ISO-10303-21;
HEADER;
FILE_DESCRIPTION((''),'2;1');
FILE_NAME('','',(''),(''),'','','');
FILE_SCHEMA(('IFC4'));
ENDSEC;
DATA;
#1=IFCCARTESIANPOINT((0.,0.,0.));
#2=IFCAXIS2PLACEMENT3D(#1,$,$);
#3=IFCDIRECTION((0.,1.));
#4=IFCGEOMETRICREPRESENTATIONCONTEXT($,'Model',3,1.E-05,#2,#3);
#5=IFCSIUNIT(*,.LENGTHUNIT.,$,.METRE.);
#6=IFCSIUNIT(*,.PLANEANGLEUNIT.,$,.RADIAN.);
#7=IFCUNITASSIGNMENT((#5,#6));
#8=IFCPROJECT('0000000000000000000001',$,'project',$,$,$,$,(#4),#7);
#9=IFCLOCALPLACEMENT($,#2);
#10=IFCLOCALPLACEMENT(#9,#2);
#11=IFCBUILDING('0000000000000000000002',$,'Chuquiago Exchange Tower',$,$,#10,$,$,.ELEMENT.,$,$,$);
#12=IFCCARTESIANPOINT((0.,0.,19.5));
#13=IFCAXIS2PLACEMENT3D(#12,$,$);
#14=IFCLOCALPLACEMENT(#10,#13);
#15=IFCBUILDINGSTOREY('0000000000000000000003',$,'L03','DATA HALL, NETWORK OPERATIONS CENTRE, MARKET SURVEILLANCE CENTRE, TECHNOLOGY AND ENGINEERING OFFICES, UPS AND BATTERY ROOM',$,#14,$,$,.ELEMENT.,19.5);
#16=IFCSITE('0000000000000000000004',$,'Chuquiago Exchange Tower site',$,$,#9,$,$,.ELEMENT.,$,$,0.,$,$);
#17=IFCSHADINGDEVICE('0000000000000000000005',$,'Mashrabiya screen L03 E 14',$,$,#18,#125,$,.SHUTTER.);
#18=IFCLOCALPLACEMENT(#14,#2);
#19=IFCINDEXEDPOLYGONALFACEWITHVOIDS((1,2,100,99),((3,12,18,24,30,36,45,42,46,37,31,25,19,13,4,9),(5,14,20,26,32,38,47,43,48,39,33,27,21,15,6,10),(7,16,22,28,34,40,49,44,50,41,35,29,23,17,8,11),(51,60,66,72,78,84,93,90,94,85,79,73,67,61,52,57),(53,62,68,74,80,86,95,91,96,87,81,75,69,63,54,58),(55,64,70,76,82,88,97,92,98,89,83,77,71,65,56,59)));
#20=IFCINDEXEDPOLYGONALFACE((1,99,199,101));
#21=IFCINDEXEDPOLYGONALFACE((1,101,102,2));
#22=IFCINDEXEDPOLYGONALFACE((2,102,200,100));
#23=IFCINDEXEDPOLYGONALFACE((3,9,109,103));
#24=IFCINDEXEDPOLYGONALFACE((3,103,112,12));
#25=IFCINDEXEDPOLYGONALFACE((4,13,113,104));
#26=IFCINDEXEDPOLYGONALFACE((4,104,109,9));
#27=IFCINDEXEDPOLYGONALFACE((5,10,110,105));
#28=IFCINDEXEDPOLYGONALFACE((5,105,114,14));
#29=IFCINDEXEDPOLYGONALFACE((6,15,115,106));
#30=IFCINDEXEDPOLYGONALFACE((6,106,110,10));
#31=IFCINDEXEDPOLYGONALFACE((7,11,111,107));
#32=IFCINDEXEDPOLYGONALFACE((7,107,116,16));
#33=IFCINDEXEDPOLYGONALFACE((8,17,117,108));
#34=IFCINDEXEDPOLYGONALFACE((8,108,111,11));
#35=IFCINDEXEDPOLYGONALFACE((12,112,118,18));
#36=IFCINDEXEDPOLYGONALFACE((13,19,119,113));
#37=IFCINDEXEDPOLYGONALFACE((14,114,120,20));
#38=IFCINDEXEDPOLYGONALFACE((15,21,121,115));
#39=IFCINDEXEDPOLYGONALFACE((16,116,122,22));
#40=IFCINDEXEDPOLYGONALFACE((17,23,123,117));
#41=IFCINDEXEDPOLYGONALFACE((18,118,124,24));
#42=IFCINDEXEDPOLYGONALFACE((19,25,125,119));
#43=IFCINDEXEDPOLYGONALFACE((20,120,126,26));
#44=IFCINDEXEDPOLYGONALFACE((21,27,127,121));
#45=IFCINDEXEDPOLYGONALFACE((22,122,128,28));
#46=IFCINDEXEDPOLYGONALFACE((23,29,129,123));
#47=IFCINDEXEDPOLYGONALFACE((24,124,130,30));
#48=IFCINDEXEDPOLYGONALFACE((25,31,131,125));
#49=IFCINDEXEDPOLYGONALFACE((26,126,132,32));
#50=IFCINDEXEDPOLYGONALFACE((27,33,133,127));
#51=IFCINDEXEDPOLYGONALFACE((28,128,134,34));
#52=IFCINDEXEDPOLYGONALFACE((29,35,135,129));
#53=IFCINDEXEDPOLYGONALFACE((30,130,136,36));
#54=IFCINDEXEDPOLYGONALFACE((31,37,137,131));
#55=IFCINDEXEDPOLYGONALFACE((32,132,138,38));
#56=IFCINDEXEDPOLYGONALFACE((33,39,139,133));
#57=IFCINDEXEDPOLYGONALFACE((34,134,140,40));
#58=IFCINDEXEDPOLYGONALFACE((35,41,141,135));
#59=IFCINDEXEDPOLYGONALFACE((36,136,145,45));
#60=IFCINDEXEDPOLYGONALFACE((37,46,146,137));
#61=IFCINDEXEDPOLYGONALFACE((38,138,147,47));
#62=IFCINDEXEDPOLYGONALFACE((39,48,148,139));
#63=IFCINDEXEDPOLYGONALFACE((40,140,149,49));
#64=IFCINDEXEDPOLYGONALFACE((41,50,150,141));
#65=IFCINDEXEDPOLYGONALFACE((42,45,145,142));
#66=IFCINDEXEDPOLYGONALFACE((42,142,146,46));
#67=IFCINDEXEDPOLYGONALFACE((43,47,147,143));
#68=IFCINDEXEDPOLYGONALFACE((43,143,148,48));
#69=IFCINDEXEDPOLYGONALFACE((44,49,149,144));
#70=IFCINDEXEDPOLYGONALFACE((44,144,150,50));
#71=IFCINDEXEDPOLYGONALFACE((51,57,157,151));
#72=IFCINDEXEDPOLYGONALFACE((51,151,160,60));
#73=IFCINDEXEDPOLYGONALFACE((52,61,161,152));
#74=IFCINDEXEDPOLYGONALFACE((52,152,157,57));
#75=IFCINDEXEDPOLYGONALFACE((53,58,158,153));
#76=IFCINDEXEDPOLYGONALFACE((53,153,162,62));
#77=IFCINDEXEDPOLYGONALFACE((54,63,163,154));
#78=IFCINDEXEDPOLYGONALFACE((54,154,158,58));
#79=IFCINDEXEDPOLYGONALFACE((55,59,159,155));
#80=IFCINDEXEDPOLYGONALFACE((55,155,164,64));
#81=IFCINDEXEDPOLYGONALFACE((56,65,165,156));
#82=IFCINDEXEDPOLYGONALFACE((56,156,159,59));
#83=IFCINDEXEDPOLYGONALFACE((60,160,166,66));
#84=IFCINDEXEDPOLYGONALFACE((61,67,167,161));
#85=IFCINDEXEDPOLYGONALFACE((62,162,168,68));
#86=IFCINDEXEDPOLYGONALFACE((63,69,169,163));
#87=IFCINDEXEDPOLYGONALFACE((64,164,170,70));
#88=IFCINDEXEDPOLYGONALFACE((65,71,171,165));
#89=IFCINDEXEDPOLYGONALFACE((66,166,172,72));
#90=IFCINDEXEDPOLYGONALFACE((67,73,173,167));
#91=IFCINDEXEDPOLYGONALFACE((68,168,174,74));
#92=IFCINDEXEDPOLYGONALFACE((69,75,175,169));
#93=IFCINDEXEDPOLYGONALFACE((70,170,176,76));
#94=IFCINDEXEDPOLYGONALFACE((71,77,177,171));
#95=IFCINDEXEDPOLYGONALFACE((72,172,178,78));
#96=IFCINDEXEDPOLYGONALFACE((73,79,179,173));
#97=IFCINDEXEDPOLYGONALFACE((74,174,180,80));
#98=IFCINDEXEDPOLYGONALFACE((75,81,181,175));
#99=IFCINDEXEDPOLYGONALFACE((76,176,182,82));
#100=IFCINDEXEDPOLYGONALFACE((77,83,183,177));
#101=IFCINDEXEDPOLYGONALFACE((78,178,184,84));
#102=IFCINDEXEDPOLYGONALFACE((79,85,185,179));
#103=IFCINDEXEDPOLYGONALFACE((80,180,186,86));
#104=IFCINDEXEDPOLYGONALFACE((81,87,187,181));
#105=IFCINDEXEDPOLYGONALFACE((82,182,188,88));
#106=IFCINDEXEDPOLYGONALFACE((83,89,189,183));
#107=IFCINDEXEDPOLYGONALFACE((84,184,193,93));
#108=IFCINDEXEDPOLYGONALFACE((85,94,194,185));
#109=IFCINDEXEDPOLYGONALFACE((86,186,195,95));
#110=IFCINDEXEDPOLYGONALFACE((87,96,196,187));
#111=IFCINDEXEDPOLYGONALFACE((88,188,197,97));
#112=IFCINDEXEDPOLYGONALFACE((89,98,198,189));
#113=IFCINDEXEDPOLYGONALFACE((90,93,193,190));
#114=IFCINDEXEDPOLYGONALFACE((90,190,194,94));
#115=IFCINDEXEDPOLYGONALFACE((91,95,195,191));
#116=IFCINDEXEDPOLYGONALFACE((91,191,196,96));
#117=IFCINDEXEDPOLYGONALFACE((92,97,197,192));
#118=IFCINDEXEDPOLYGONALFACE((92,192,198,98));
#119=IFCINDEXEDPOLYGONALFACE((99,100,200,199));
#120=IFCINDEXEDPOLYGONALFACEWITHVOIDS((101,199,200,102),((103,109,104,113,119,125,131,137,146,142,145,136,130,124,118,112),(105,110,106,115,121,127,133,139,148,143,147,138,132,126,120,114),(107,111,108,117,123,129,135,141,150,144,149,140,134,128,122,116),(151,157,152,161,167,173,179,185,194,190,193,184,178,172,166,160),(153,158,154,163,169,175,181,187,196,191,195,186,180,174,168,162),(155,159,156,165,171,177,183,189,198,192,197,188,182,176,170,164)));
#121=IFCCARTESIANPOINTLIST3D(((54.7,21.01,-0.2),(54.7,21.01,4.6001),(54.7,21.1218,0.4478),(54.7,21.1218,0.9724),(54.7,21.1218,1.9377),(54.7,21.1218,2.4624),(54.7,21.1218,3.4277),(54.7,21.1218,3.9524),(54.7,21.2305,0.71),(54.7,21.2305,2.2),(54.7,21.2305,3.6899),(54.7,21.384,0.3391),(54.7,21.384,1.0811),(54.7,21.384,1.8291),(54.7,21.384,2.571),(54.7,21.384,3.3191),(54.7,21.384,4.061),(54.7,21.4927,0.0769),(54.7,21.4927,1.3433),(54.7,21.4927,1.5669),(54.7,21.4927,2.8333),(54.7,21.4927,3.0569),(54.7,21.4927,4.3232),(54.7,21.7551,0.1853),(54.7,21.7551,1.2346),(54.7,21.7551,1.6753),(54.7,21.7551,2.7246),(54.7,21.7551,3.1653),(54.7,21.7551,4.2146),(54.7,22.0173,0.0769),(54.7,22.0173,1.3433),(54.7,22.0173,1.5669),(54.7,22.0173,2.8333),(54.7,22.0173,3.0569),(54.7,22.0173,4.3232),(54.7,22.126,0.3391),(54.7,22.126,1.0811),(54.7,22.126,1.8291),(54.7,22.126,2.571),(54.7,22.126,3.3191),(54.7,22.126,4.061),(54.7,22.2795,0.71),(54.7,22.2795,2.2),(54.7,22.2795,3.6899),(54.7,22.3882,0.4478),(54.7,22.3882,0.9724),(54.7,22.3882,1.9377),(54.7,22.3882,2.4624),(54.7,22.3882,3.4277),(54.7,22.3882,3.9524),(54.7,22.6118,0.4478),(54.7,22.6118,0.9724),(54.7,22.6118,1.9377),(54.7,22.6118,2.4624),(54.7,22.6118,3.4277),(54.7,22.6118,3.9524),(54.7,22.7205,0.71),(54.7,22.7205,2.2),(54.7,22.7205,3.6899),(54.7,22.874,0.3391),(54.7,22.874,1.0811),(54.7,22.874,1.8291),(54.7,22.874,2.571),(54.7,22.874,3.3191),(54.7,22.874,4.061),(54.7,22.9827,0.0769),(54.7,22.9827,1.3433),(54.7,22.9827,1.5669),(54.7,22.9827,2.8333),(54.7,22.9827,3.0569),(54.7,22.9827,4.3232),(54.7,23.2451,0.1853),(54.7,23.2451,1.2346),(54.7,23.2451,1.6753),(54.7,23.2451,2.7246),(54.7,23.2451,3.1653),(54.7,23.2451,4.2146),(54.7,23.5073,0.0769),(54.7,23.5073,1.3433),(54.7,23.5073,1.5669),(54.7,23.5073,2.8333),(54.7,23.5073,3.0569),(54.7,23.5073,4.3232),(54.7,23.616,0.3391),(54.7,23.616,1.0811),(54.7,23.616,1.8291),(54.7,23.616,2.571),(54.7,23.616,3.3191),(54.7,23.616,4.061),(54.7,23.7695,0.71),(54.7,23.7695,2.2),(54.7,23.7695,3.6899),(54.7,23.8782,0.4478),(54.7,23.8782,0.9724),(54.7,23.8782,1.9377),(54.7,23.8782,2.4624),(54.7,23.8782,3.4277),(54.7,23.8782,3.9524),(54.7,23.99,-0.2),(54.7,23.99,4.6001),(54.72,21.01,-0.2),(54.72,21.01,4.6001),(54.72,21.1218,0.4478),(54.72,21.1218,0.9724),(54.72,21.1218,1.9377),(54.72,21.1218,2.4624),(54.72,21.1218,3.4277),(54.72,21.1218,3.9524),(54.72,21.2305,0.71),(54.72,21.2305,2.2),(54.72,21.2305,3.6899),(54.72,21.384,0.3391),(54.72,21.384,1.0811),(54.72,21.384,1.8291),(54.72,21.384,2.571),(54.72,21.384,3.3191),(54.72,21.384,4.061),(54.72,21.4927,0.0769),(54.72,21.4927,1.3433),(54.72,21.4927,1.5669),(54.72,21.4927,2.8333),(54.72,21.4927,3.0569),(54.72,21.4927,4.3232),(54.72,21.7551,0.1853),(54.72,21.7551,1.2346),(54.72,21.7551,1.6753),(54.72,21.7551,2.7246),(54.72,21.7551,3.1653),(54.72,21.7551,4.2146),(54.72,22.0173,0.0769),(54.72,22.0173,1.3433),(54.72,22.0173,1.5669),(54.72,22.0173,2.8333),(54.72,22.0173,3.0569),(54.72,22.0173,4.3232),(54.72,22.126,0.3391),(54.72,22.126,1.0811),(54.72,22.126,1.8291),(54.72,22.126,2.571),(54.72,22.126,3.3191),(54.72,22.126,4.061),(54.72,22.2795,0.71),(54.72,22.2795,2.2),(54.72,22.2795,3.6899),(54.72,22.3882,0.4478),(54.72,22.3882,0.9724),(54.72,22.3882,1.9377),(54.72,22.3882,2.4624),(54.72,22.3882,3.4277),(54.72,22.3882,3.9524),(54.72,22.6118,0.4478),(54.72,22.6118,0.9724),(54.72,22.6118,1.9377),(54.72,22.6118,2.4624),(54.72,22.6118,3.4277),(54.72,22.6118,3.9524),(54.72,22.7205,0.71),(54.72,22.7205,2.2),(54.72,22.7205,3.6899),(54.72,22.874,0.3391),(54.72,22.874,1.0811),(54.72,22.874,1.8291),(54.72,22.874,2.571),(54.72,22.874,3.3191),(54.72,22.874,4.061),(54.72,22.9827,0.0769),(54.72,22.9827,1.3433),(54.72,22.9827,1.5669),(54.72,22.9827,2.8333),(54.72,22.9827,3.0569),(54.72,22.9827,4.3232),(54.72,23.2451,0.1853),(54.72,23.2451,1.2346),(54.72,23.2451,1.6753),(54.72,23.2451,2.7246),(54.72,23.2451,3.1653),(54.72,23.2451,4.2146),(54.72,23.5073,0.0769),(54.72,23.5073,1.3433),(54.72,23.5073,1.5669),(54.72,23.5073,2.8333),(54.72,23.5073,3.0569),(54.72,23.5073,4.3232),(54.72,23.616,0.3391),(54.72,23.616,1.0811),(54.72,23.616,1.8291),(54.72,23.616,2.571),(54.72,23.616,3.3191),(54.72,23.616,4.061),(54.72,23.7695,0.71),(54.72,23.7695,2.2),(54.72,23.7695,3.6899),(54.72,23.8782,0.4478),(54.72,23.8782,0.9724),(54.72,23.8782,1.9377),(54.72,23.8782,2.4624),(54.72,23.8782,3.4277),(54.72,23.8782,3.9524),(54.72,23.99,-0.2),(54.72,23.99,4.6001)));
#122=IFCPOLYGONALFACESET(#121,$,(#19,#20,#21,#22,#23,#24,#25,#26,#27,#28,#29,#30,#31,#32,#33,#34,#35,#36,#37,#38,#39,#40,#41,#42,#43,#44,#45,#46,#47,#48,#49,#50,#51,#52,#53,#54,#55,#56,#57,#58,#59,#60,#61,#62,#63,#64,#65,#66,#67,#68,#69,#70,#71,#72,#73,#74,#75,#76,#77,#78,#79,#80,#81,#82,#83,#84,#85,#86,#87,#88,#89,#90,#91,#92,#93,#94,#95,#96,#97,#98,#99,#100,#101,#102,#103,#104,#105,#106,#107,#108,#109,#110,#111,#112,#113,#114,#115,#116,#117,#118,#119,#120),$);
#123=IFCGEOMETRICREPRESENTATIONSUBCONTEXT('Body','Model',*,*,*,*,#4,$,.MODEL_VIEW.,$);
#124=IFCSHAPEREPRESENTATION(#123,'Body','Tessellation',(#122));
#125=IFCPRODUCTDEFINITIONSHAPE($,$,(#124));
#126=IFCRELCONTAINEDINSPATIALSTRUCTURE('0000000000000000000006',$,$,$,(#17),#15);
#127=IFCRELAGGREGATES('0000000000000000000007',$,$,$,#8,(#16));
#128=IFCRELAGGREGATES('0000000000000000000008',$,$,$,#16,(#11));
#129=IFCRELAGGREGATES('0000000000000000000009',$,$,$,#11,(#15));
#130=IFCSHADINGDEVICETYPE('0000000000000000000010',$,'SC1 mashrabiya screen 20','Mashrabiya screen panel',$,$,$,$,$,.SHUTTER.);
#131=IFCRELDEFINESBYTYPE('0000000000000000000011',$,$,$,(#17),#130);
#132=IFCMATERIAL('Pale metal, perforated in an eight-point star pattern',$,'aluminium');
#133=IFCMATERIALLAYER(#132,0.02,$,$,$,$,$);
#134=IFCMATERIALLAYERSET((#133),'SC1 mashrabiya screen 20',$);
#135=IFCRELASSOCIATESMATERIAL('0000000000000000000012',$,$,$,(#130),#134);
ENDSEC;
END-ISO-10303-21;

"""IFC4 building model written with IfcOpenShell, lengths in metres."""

from ifc_helpers import new_model, si_unit, direction, frame, origin, place, context, subcontext, project, spatial, polyline, outline, extrude, material, layer, layer_set, type_object, element, save


model = new_model("IFC4")

# Units and contexts
model_context = context("Model", 3, precision=1e-05, world=origin(), true_north=direction((0.0, 1.0)))
body_context = subcontext(model_context, "Body", "Model", "MODEL_VIEW")
ifc_project = project(units=[si_unit("LENGTHUNIT", "METRE"), si_unit("PLANEANGLEUNIT", "RADIAN")], contexts=[model_context])

# Site, building, storey
site_placement = place(None, origin())
site = spatial("IfcSite", under=ifc_project, at=site_placement, Name="Chuquiago Exchange Tower site", CompositionType="ELEMENT", RefElevation=0.0)
building_placement = place(site_placement, origin())
building = spatial("IfcBuilding", under=site, at=building_placement, Name="Chuquiago Exchange Tower", CompositionType="ELEMENT")
storey_placement = place(building_placement, frame((0.0, 0.0, 19.5)))
storey = spatial("IfcBuildingStorey", under=building, at=storey_placement, Name="L03", Description="DATA HALL, NETWORK OPERATIONS CENTRE, MARKET SURVEILLANCE CENTRE, TECHNOLOGY AND ENGINEERING OFFICES, UPS AND BATTERY ROOM", CompositionType="ELEMENT", Elevation=19.5)

# Shading device
ifc_material_1 = material(Name="Pale metal, perforated in an eight-point star pattern", Category="aluminium")
ifc_layer_1 = layer(ifc_material_1, 0.02)
ifc_layer_set_1 = layer_set([ifc_layer_1], Name="SC1 mashrabiya screen 20")
shading_device_type = type_object("IfcShadingDeviceType", Name="SC1 mashrabiya screen 20", Description="Mashrabiya screen panel", PredefinedType="SHUTTER", material=ifc_layer_set_1)
shading_device_1_placement = place(storey_placement, frame((54.7, 21.01, -0.2), z_axis=(0.0, 0.0, 1.0), x_axis=(0.0, 1.0, 0.0)))
element("IfcShadingDevice", 1, at=shading_device_1_placement, inside=storey, type_object=shading_device_type, Name="Mashrabiya screen L03 E 14", PredefinedType="SHUTTER", context=body_context, shape_type="SweptSolid", body=[
    extrude(outline(polyline([(0.0, 0.0), (2.98, 0.0), (2.98, 4.8), (0.0, 4.8), (0.0, 0.0)]), holes=[polyline([(1.2695, 0.9099), (1.3782, 1.1724), (1.116, 1.281), (1.0073, 1.5432), (0.7451, 1.4346), (0.4827, 1.5432), (0.374, 1.281), (0.1118, 1.1724), (0.2205, 0.9099), (0.1118, 0.6477), (0.374, 0.5391), (0.4827, 0.2769), (0.7451, 0.3853), (1.0073, 0.2769), (1.116, 0.5391), (1.3782, 0.6477), (1.2695, 0.9099)]), polyline([(2.7595, 0.9099), (2.8682, 1.1724), (2.606, 1.281), (2.4973, 1.5432), (2.2351, 1.4346), (1.9727, 1.5432), (1.864, 1.281), (1.6018, 1.1724), (1.7104, 0.9099), (1.6018, 0.6477), (1.864, 0.5391), (1.9727, 0.2769), (2.2351, 0.3853), (2.4973, 0.2769), (2.606, 0.5391), (2.8682, 0.6477), (2.7595, 0.9099)]), polyline([(1.2695, 2.3999), (1.3782, 2.6624), (1.116, 2.771), (1.0073, 3.0332), (0.7451, 2.9246), (0.4827, 3.0332), (0.374, 2.771), (0.1118, 2.6624), (0.2205, 2.3999), (0.1118, 2.1377), (0.374, 2.0291), (0.4827, 1.7668), (0.7451, 1.8752), (1.0073, 1.7668), (1.116, 2.0291), (1.3782, 2.1377), (1.2695, 2.3999)]), polyline([(2.7595, 2.3999), (2.8682, 2.6624), (2.606, 2.771), (2.4973, 3.0332), (2.2351, 2.9246), (1.9727, 3.0332), (1.864, 2.771), (1.6018, 2.6624), (1.7104, 2.3999), (1.6018, 2.1377), (1.864, 2.0291), (1.9727, 1.7668), (2.2351, 1.8752), (2.4973, 1.7668), (2.606, 2.0291), (2.8682, 2.1377), (2.7595, 2.3999)]), polyline([(1.2695, 3.8899), (1.3782, 4.1523), (1.116, 4.261), (1.0073, 4.5232), (0.7451, 4.4146), (0.4827, 4.5232), (0.374, 4.261), (0.1118, 4.1523), (0.2205, 3.8899), (0.1118, 3.6277), (0.374, 3.519), (0.4827, 3.2568), (0.7451, 3.3652), (1.0073, 3.2568), (1.116, 3.519), (1.3782, 3.6277), (1.2695, 3.8899)]), polyline([(2.7595, 3.8899), (2.8682, 4.1523), (2.606, 4.261), (2.4973, 4.5232), (2.2351, 4.4146), (1.9727, 4.5232), (1.864, 4.261), (1.6018, 4.1523), (1.7104, 3.8899), (1.6018, 3.6277), (1.864, 3.519), (1.9727, 3.2568), (2.2351, 3.3652), (2.4973, 3.2568), (2.606, 3.519), (2.8682, 3.6277), (2.7595, 3.8899)])]), frame((0.0, 0.0, 0.0), z_axis=(0.0, -1.0, 0.0), x_axis=(1.0, 0.0, 0.0)), (0.0, 0.0, 1.0), 0.02),
])

save(model, "model.ifc")
